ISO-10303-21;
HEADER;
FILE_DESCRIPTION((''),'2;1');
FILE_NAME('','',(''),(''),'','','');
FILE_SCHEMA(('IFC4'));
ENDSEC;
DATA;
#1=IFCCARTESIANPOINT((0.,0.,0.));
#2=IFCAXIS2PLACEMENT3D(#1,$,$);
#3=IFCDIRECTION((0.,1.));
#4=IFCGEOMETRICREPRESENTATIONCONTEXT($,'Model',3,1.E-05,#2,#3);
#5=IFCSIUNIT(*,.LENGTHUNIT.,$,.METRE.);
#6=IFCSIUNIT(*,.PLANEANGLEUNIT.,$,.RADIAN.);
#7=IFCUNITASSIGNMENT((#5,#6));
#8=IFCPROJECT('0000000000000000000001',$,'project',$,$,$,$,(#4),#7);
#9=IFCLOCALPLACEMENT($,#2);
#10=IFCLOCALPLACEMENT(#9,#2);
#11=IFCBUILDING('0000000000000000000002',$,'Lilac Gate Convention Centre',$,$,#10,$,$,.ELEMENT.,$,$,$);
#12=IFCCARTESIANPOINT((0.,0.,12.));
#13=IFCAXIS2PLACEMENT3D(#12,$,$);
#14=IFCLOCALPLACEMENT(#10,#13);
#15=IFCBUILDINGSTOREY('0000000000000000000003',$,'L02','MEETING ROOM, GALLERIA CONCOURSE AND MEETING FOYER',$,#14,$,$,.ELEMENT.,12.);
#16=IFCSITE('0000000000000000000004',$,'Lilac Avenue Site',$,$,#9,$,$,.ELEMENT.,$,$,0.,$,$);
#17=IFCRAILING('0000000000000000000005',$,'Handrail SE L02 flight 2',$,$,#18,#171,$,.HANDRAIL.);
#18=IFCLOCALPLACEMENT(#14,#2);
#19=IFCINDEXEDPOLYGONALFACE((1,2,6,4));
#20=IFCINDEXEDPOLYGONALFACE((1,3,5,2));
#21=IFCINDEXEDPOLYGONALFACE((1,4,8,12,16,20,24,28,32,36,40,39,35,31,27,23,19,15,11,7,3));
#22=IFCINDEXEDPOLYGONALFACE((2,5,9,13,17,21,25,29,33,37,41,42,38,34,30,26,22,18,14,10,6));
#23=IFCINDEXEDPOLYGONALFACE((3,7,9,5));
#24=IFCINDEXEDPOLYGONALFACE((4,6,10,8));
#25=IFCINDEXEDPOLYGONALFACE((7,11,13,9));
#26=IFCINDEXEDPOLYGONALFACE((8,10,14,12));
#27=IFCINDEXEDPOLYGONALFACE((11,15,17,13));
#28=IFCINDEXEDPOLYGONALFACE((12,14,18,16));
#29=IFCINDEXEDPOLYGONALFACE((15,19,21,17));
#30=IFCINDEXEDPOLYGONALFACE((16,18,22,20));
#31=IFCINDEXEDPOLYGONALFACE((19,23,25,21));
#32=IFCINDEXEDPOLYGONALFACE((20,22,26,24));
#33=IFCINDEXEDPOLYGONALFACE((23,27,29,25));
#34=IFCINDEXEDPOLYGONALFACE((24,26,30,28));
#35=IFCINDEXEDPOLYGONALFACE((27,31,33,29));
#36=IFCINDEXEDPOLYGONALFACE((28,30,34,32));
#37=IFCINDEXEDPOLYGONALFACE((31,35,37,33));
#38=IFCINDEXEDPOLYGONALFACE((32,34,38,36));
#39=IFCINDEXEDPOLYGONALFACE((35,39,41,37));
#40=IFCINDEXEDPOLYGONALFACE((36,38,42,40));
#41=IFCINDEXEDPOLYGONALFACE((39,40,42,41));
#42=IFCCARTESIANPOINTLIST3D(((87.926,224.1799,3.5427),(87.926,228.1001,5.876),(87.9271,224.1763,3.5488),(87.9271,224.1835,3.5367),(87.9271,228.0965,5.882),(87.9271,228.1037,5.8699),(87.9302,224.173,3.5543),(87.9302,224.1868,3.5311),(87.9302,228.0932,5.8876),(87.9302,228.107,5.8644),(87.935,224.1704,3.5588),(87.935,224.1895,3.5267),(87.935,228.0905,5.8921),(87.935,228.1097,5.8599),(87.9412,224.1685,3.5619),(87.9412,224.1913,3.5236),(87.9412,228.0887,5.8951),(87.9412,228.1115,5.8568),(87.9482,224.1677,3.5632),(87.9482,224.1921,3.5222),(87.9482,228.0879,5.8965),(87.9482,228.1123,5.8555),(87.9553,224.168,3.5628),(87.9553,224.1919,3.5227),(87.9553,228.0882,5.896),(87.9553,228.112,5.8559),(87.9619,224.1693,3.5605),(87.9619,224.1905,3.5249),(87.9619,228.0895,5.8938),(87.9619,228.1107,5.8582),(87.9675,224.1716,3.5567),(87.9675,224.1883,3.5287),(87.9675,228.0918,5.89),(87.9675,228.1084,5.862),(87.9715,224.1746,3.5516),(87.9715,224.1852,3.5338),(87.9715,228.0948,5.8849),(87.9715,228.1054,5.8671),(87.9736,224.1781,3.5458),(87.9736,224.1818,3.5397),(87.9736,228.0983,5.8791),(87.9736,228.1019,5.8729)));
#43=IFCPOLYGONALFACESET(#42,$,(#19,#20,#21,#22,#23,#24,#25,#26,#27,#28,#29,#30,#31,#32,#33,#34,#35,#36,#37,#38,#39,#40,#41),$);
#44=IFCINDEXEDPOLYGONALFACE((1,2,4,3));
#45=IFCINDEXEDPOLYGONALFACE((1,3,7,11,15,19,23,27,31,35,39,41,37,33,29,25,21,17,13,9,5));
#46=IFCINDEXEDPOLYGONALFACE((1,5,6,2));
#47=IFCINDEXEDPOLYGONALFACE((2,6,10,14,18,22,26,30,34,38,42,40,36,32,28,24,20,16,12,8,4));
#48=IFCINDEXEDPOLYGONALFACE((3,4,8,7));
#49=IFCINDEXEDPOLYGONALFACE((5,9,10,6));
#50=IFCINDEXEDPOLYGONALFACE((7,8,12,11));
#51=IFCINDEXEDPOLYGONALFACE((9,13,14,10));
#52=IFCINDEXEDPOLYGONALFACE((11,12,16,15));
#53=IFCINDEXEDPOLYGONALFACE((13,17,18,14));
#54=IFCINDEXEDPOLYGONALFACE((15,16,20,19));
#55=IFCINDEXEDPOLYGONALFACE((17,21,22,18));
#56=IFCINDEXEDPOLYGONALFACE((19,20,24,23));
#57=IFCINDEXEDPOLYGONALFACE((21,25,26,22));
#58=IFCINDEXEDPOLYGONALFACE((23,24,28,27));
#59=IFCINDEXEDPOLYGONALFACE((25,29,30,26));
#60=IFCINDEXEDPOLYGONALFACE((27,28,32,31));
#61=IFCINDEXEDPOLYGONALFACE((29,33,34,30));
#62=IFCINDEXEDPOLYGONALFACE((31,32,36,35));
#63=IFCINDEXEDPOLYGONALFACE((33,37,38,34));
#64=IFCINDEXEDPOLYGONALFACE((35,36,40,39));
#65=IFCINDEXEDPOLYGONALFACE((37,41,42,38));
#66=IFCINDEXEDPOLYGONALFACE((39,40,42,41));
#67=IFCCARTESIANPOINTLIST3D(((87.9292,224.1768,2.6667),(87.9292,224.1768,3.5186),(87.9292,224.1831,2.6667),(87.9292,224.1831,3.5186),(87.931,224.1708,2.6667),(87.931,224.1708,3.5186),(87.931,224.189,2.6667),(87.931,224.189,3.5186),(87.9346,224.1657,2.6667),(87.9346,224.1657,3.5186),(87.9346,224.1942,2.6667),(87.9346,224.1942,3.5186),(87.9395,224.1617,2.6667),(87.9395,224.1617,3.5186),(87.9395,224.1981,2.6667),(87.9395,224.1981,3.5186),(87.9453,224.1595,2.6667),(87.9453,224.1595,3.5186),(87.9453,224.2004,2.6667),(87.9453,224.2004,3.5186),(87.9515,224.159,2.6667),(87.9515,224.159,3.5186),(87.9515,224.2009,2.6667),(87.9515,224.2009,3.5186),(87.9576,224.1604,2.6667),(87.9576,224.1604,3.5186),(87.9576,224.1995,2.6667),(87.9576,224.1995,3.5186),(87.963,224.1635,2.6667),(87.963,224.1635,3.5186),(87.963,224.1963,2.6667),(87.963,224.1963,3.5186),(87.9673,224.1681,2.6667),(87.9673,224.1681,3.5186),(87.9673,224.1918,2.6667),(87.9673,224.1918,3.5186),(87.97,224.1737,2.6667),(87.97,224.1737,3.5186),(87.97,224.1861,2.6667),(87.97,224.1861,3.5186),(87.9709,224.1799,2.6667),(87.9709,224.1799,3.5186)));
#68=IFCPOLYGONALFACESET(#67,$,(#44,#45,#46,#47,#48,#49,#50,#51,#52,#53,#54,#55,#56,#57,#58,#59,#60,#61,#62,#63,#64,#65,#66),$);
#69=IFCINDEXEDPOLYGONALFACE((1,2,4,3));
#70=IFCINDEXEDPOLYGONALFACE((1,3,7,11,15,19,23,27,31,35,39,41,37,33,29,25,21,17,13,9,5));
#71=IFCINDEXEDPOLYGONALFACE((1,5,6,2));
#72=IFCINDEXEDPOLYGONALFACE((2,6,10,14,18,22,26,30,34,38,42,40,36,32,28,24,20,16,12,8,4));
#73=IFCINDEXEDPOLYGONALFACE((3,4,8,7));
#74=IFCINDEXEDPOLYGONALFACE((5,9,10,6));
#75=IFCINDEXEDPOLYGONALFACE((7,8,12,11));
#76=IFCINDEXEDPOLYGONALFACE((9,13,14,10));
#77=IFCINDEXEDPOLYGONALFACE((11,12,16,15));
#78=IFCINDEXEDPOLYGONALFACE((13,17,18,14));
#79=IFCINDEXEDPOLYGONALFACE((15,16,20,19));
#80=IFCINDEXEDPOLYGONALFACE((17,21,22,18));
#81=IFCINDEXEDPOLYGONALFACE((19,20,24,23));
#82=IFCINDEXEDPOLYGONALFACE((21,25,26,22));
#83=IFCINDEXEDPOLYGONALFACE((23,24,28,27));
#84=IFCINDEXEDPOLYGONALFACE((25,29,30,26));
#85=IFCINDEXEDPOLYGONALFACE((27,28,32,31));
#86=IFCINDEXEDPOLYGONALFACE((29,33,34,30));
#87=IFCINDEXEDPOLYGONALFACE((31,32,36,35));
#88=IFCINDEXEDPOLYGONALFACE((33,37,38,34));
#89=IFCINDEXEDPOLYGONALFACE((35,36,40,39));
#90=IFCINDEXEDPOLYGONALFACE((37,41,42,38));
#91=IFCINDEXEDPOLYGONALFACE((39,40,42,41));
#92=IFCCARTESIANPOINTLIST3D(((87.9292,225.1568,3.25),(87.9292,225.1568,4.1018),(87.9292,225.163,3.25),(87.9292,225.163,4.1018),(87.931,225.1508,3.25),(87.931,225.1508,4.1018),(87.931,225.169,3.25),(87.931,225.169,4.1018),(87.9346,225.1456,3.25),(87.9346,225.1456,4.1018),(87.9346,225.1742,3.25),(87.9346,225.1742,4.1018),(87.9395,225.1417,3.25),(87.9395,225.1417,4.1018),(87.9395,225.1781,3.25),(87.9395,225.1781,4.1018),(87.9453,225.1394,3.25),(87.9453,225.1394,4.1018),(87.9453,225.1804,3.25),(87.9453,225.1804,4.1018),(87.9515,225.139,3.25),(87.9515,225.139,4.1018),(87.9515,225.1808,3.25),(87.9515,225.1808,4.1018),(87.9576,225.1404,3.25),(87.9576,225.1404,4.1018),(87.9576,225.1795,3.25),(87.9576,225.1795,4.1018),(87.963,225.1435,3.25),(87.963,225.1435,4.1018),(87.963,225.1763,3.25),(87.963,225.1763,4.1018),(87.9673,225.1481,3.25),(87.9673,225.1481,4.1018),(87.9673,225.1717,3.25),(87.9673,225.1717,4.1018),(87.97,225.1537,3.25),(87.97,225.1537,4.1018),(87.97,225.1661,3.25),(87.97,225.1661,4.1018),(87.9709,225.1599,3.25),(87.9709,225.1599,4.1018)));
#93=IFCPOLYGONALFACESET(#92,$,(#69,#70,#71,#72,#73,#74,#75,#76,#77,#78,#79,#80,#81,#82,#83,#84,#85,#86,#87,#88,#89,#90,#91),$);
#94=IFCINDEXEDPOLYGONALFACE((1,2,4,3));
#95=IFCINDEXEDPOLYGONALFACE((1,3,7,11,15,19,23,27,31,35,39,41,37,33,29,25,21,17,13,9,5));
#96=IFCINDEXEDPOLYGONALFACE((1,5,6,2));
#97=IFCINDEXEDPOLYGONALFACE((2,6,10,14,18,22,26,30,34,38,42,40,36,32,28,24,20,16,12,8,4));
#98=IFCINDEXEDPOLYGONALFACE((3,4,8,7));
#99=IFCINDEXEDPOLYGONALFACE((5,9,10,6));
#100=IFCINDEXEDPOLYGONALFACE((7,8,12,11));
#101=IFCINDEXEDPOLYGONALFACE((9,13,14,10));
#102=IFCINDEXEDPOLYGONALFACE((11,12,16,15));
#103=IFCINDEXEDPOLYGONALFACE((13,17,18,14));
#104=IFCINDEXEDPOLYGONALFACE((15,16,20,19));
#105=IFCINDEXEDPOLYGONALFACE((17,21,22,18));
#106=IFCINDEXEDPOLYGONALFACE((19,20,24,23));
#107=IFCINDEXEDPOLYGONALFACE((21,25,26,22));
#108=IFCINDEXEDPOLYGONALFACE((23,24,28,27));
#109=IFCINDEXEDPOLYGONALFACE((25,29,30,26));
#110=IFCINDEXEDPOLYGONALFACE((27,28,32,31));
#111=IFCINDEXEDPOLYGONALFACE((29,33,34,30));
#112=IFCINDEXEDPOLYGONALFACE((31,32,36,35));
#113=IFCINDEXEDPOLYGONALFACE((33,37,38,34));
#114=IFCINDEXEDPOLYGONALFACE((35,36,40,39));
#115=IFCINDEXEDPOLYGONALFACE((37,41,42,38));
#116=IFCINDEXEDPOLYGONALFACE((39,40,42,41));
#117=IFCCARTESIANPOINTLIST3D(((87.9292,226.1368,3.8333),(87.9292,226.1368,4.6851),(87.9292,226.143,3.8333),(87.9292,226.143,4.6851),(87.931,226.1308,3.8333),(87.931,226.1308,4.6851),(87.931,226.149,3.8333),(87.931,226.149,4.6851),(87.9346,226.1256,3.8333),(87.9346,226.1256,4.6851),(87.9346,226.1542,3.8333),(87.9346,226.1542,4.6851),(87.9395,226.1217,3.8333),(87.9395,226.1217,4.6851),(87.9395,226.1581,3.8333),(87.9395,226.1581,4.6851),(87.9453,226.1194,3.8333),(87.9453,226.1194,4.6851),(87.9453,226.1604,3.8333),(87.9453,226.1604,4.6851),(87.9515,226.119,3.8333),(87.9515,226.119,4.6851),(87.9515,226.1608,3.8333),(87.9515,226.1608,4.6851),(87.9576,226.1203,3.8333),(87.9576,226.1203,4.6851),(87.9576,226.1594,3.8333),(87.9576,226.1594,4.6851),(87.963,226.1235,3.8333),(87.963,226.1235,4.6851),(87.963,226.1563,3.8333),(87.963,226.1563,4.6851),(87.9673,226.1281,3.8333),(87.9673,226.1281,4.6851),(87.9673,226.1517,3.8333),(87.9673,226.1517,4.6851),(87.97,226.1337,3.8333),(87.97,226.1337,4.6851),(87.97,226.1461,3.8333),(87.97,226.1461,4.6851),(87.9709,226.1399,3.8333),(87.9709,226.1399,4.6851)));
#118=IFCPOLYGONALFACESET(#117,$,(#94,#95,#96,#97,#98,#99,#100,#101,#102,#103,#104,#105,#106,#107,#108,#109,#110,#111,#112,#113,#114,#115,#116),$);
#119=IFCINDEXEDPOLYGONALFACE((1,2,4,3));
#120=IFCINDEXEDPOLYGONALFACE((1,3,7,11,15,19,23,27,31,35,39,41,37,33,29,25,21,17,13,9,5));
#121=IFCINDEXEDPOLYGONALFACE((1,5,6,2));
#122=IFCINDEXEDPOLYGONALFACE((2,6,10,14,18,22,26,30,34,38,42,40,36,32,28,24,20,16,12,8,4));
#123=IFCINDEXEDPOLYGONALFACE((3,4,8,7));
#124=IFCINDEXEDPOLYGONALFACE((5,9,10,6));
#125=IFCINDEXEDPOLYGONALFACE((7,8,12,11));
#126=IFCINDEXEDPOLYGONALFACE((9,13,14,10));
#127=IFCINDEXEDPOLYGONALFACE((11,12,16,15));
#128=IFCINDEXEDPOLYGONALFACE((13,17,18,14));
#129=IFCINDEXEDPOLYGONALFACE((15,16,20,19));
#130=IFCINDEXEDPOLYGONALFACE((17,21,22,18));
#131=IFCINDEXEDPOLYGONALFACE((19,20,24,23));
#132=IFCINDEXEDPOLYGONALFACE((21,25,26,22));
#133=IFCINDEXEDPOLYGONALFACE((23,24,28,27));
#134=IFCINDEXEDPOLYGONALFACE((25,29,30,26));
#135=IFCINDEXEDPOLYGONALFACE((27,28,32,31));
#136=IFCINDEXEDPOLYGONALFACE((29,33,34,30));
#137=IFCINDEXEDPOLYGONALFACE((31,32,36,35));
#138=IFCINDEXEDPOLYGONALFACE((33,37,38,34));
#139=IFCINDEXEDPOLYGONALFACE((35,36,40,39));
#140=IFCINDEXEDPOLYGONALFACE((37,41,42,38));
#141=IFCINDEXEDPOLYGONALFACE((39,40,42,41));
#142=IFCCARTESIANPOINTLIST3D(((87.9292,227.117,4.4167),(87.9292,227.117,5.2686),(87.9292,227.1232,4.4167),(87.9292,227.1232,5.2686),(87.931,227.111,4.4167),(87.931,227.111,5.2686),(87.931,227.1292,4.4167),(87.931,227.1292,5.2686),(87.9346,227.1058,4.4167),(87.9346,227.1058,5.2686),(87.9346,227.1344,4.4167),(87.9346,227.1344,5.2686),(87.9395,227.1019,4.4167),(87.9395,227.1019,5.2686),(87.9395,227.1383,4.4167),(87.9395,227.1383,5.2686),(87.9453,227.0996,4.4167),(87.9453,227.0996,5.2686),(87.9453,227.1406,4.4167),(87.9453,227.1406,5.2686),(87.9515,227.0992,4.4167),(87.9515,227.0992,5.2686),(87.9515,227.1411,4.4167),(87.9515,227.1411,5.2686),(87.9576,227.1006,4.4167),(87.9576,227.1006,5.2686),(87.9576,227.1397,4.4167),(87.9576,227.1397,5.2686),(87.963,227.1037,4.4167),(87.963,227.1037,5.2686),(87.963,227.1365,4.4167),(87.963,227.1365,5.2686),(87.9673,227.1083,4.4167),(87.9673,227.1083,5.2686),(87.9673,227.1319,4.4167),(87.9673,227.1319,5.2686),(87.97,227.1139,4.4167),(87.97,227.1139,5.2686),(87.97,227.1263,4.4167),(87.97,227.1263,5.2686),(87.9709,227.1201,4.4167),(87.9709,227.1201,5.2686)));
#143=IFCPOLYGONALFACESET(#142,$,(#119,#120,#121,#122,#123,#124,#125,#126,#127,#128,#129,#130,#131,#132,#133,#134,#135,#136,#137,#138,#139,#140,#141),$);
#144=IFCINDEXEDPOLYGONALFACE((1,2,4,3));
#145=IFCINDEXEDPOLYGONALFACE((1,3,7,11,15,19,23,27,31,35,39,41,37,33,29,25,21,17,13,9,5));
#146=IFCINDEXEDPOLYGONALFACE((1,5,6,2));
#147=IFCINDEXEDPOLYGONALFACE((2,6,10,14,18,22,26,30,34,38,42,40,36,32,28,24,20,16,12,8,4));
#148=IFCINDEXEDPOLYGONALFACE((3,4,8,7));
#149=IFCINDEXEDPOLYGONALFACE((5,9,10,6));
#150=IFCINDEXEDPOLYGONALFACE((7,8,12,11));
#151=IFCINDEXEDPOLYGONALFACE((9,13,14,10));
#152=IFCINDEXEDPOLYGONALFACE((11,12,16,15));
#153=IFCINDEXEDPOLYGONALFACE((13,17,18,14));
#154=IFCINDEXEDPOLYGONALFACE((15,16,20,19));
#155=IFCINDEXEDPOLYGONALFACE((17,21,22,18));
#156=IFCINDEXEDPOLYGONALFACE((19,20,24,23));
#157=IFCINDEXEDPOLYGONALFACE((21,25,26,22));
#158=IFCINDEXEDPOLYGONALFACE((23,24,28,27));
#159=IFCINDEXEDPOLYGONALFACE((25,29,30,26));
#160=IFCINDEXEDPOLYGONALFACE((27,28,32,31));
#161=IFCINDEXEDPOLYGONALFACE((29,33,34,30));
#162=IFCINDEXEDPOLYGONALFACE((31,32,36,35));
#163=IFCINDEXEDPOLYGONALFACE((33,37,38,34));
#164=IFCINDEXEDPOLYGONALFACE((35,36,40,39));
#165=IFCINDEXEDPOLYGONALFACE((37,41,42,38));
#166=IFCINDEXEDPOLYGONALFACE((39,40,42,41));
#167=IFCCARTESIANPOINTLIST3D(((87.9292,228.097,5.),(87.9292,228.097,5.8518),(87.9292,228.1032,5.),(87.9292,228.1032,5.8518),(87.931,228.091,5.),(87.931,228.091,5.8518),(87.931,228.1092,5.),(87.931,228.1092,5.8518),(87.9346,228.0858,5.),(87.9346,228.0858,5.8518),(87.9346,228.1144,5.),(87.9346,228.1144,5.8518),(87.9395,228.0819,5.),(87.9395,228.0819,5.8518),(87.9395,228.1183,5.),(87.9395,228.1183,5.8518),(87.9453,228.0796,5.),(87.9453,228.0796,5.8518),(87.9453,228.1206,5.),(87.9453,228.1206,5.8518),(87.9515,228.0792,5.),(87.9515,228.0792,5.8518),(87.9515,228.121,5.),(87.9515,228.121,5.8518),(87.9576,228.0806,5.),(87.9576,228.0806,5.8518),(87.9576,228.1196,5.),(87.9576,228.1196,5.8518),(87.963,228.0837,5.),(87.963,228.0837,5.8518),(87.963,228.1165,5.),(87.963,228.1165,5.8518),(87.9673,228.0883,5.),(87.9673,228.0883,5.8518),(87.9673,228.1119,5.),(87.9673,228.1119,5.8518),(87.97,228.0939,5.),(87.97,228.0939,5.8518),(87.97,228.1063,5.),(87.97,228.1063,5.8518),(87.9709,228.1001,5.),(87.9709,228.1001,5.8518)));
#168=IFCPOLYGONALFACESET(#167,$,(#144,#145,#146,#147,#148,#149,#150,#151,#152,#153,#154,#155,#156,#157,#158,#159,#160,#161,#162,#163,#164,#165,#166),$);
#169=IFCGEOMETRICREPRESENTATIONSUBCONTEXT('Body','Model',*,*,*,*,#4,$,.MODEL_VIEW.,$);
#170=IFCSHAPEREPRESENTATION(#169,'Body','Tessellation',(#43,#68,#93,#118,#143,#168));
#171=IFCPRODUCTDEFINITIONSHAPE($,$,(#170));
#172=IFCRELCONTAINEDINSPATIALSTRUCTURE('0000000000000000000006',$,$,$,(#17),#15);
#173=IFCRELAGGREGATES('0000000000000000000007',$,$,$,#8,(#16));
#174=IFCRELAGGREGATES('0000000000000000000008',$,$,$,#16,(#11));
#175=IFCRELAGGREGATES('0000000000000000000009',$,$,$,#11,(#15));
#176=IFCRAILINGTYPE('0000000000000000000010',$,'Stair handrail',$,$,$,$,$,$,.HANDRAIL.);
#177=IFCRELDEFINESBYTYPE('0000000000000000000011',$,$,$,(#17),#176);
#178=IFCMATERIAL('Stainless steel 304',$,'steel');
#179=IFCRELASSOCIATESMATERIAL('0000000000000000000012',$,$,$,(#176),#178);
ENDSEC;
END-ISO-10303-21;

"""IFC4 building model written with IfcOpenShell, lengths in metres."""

from ifc_helpers import new_model, si_unit, direction, frame, origin, origin_2d, place, context, subcontext, project, spatial, circle, extrude, material, type_object, element, save


model = new_model("IFC4")

# Units and contexts
model_context = context("Model", 3, precision=1e-05, world=origin(), true_north=direction((0.0, 1.0)))
body_context = subcontext(model_context, "Body", "Model", "MODEL_VIEW")
ifc_project = project(units=[si_unit("LENGTHUNIT", "METRE"), si_unit("PLANEANGLEUNIT", "RADIAN")], contexts=[model_context])

# Site, building, storey
site_placement = place(None, origin())
site = spatial("IfcSite", under=ifc_project, at=site_placement, Name="Lilac Avenue Site", CompositionType="ELEMENT", RefElevation=0.0)
building_placement = place(site_placement, origin())
building = spatial("IfcBuilding", under=site, at=building_placement, Name="Lilac Gate Convention Centre", CompositionType="ELEMENT")
storey_placement = place(building_placement, frame((0.0, 0.0, 12.0)))
storey = spatial("IfcBuildingStorey", under=building, at=storey_placement, Name="L02", Description="MEETING ROOM, GALLERIA CONCOURSE AND MEETING FOYER", CompositionType="ELEMENT", Elevation=12.0)

# Railing
ifc_material_1 = material(Name="Stainless steel 304", Category="steel")
railing_type = type_object("IfcRailingType", Name="Stair handrail", PredefinedType="HANDRAIL", material=ifc_material_1)
for number, where, name in (
    (1, (87.95, 224.1799, 2.6667), "Handrail SE L02 flight 2"),
):
    element("IfcRailing", number, at=place(storey_placement, frame(where)), inside=storey, type_object=railing_type, Name=name, PredefinedType="HANDRAIL", context=body_context, shape_type="SweptSolid", body=[
        extrude(circle(Radius=0.0239, at=origin_2d()), frame((0.0, 0.0, 0.876), z_axis=(0.0, 0.85931, 0.511455), x_axis=(-1.0, 0.0, 0.0)), (0.0, 0.0, 1.0), 4.562),
        extrude(circle(Radius=0.021, at=origin_2d()), origin(), (0.0, 0.0, 1.0), 0.8518),
        extrude(circle(Radius=0.021, at=origin_2d()), frame((0.0, 0.98, 0.5833)), (0.0, 0.0, 1.0), 0.8518),
        extrude(circle(Radius=0.021, at=origin_2d()), frame((0.0, 1.96, 1.1665)), (0.0, 0.0, 1.0), 0.8518),
        extrude(circle(Radius=0.021, at=origin_2d()), frame((0.0, 2.9402, 1.75)), (0.0, 0.0, 1.0), 0.8518),
        extrude(circle(Radius=0.021, at=origin_2d()), frame((0.0, 3.9202, 2.3333)), (0.0, 0.0, 1.0), 0.8518),
    ])

save(model, "model.ifc")
